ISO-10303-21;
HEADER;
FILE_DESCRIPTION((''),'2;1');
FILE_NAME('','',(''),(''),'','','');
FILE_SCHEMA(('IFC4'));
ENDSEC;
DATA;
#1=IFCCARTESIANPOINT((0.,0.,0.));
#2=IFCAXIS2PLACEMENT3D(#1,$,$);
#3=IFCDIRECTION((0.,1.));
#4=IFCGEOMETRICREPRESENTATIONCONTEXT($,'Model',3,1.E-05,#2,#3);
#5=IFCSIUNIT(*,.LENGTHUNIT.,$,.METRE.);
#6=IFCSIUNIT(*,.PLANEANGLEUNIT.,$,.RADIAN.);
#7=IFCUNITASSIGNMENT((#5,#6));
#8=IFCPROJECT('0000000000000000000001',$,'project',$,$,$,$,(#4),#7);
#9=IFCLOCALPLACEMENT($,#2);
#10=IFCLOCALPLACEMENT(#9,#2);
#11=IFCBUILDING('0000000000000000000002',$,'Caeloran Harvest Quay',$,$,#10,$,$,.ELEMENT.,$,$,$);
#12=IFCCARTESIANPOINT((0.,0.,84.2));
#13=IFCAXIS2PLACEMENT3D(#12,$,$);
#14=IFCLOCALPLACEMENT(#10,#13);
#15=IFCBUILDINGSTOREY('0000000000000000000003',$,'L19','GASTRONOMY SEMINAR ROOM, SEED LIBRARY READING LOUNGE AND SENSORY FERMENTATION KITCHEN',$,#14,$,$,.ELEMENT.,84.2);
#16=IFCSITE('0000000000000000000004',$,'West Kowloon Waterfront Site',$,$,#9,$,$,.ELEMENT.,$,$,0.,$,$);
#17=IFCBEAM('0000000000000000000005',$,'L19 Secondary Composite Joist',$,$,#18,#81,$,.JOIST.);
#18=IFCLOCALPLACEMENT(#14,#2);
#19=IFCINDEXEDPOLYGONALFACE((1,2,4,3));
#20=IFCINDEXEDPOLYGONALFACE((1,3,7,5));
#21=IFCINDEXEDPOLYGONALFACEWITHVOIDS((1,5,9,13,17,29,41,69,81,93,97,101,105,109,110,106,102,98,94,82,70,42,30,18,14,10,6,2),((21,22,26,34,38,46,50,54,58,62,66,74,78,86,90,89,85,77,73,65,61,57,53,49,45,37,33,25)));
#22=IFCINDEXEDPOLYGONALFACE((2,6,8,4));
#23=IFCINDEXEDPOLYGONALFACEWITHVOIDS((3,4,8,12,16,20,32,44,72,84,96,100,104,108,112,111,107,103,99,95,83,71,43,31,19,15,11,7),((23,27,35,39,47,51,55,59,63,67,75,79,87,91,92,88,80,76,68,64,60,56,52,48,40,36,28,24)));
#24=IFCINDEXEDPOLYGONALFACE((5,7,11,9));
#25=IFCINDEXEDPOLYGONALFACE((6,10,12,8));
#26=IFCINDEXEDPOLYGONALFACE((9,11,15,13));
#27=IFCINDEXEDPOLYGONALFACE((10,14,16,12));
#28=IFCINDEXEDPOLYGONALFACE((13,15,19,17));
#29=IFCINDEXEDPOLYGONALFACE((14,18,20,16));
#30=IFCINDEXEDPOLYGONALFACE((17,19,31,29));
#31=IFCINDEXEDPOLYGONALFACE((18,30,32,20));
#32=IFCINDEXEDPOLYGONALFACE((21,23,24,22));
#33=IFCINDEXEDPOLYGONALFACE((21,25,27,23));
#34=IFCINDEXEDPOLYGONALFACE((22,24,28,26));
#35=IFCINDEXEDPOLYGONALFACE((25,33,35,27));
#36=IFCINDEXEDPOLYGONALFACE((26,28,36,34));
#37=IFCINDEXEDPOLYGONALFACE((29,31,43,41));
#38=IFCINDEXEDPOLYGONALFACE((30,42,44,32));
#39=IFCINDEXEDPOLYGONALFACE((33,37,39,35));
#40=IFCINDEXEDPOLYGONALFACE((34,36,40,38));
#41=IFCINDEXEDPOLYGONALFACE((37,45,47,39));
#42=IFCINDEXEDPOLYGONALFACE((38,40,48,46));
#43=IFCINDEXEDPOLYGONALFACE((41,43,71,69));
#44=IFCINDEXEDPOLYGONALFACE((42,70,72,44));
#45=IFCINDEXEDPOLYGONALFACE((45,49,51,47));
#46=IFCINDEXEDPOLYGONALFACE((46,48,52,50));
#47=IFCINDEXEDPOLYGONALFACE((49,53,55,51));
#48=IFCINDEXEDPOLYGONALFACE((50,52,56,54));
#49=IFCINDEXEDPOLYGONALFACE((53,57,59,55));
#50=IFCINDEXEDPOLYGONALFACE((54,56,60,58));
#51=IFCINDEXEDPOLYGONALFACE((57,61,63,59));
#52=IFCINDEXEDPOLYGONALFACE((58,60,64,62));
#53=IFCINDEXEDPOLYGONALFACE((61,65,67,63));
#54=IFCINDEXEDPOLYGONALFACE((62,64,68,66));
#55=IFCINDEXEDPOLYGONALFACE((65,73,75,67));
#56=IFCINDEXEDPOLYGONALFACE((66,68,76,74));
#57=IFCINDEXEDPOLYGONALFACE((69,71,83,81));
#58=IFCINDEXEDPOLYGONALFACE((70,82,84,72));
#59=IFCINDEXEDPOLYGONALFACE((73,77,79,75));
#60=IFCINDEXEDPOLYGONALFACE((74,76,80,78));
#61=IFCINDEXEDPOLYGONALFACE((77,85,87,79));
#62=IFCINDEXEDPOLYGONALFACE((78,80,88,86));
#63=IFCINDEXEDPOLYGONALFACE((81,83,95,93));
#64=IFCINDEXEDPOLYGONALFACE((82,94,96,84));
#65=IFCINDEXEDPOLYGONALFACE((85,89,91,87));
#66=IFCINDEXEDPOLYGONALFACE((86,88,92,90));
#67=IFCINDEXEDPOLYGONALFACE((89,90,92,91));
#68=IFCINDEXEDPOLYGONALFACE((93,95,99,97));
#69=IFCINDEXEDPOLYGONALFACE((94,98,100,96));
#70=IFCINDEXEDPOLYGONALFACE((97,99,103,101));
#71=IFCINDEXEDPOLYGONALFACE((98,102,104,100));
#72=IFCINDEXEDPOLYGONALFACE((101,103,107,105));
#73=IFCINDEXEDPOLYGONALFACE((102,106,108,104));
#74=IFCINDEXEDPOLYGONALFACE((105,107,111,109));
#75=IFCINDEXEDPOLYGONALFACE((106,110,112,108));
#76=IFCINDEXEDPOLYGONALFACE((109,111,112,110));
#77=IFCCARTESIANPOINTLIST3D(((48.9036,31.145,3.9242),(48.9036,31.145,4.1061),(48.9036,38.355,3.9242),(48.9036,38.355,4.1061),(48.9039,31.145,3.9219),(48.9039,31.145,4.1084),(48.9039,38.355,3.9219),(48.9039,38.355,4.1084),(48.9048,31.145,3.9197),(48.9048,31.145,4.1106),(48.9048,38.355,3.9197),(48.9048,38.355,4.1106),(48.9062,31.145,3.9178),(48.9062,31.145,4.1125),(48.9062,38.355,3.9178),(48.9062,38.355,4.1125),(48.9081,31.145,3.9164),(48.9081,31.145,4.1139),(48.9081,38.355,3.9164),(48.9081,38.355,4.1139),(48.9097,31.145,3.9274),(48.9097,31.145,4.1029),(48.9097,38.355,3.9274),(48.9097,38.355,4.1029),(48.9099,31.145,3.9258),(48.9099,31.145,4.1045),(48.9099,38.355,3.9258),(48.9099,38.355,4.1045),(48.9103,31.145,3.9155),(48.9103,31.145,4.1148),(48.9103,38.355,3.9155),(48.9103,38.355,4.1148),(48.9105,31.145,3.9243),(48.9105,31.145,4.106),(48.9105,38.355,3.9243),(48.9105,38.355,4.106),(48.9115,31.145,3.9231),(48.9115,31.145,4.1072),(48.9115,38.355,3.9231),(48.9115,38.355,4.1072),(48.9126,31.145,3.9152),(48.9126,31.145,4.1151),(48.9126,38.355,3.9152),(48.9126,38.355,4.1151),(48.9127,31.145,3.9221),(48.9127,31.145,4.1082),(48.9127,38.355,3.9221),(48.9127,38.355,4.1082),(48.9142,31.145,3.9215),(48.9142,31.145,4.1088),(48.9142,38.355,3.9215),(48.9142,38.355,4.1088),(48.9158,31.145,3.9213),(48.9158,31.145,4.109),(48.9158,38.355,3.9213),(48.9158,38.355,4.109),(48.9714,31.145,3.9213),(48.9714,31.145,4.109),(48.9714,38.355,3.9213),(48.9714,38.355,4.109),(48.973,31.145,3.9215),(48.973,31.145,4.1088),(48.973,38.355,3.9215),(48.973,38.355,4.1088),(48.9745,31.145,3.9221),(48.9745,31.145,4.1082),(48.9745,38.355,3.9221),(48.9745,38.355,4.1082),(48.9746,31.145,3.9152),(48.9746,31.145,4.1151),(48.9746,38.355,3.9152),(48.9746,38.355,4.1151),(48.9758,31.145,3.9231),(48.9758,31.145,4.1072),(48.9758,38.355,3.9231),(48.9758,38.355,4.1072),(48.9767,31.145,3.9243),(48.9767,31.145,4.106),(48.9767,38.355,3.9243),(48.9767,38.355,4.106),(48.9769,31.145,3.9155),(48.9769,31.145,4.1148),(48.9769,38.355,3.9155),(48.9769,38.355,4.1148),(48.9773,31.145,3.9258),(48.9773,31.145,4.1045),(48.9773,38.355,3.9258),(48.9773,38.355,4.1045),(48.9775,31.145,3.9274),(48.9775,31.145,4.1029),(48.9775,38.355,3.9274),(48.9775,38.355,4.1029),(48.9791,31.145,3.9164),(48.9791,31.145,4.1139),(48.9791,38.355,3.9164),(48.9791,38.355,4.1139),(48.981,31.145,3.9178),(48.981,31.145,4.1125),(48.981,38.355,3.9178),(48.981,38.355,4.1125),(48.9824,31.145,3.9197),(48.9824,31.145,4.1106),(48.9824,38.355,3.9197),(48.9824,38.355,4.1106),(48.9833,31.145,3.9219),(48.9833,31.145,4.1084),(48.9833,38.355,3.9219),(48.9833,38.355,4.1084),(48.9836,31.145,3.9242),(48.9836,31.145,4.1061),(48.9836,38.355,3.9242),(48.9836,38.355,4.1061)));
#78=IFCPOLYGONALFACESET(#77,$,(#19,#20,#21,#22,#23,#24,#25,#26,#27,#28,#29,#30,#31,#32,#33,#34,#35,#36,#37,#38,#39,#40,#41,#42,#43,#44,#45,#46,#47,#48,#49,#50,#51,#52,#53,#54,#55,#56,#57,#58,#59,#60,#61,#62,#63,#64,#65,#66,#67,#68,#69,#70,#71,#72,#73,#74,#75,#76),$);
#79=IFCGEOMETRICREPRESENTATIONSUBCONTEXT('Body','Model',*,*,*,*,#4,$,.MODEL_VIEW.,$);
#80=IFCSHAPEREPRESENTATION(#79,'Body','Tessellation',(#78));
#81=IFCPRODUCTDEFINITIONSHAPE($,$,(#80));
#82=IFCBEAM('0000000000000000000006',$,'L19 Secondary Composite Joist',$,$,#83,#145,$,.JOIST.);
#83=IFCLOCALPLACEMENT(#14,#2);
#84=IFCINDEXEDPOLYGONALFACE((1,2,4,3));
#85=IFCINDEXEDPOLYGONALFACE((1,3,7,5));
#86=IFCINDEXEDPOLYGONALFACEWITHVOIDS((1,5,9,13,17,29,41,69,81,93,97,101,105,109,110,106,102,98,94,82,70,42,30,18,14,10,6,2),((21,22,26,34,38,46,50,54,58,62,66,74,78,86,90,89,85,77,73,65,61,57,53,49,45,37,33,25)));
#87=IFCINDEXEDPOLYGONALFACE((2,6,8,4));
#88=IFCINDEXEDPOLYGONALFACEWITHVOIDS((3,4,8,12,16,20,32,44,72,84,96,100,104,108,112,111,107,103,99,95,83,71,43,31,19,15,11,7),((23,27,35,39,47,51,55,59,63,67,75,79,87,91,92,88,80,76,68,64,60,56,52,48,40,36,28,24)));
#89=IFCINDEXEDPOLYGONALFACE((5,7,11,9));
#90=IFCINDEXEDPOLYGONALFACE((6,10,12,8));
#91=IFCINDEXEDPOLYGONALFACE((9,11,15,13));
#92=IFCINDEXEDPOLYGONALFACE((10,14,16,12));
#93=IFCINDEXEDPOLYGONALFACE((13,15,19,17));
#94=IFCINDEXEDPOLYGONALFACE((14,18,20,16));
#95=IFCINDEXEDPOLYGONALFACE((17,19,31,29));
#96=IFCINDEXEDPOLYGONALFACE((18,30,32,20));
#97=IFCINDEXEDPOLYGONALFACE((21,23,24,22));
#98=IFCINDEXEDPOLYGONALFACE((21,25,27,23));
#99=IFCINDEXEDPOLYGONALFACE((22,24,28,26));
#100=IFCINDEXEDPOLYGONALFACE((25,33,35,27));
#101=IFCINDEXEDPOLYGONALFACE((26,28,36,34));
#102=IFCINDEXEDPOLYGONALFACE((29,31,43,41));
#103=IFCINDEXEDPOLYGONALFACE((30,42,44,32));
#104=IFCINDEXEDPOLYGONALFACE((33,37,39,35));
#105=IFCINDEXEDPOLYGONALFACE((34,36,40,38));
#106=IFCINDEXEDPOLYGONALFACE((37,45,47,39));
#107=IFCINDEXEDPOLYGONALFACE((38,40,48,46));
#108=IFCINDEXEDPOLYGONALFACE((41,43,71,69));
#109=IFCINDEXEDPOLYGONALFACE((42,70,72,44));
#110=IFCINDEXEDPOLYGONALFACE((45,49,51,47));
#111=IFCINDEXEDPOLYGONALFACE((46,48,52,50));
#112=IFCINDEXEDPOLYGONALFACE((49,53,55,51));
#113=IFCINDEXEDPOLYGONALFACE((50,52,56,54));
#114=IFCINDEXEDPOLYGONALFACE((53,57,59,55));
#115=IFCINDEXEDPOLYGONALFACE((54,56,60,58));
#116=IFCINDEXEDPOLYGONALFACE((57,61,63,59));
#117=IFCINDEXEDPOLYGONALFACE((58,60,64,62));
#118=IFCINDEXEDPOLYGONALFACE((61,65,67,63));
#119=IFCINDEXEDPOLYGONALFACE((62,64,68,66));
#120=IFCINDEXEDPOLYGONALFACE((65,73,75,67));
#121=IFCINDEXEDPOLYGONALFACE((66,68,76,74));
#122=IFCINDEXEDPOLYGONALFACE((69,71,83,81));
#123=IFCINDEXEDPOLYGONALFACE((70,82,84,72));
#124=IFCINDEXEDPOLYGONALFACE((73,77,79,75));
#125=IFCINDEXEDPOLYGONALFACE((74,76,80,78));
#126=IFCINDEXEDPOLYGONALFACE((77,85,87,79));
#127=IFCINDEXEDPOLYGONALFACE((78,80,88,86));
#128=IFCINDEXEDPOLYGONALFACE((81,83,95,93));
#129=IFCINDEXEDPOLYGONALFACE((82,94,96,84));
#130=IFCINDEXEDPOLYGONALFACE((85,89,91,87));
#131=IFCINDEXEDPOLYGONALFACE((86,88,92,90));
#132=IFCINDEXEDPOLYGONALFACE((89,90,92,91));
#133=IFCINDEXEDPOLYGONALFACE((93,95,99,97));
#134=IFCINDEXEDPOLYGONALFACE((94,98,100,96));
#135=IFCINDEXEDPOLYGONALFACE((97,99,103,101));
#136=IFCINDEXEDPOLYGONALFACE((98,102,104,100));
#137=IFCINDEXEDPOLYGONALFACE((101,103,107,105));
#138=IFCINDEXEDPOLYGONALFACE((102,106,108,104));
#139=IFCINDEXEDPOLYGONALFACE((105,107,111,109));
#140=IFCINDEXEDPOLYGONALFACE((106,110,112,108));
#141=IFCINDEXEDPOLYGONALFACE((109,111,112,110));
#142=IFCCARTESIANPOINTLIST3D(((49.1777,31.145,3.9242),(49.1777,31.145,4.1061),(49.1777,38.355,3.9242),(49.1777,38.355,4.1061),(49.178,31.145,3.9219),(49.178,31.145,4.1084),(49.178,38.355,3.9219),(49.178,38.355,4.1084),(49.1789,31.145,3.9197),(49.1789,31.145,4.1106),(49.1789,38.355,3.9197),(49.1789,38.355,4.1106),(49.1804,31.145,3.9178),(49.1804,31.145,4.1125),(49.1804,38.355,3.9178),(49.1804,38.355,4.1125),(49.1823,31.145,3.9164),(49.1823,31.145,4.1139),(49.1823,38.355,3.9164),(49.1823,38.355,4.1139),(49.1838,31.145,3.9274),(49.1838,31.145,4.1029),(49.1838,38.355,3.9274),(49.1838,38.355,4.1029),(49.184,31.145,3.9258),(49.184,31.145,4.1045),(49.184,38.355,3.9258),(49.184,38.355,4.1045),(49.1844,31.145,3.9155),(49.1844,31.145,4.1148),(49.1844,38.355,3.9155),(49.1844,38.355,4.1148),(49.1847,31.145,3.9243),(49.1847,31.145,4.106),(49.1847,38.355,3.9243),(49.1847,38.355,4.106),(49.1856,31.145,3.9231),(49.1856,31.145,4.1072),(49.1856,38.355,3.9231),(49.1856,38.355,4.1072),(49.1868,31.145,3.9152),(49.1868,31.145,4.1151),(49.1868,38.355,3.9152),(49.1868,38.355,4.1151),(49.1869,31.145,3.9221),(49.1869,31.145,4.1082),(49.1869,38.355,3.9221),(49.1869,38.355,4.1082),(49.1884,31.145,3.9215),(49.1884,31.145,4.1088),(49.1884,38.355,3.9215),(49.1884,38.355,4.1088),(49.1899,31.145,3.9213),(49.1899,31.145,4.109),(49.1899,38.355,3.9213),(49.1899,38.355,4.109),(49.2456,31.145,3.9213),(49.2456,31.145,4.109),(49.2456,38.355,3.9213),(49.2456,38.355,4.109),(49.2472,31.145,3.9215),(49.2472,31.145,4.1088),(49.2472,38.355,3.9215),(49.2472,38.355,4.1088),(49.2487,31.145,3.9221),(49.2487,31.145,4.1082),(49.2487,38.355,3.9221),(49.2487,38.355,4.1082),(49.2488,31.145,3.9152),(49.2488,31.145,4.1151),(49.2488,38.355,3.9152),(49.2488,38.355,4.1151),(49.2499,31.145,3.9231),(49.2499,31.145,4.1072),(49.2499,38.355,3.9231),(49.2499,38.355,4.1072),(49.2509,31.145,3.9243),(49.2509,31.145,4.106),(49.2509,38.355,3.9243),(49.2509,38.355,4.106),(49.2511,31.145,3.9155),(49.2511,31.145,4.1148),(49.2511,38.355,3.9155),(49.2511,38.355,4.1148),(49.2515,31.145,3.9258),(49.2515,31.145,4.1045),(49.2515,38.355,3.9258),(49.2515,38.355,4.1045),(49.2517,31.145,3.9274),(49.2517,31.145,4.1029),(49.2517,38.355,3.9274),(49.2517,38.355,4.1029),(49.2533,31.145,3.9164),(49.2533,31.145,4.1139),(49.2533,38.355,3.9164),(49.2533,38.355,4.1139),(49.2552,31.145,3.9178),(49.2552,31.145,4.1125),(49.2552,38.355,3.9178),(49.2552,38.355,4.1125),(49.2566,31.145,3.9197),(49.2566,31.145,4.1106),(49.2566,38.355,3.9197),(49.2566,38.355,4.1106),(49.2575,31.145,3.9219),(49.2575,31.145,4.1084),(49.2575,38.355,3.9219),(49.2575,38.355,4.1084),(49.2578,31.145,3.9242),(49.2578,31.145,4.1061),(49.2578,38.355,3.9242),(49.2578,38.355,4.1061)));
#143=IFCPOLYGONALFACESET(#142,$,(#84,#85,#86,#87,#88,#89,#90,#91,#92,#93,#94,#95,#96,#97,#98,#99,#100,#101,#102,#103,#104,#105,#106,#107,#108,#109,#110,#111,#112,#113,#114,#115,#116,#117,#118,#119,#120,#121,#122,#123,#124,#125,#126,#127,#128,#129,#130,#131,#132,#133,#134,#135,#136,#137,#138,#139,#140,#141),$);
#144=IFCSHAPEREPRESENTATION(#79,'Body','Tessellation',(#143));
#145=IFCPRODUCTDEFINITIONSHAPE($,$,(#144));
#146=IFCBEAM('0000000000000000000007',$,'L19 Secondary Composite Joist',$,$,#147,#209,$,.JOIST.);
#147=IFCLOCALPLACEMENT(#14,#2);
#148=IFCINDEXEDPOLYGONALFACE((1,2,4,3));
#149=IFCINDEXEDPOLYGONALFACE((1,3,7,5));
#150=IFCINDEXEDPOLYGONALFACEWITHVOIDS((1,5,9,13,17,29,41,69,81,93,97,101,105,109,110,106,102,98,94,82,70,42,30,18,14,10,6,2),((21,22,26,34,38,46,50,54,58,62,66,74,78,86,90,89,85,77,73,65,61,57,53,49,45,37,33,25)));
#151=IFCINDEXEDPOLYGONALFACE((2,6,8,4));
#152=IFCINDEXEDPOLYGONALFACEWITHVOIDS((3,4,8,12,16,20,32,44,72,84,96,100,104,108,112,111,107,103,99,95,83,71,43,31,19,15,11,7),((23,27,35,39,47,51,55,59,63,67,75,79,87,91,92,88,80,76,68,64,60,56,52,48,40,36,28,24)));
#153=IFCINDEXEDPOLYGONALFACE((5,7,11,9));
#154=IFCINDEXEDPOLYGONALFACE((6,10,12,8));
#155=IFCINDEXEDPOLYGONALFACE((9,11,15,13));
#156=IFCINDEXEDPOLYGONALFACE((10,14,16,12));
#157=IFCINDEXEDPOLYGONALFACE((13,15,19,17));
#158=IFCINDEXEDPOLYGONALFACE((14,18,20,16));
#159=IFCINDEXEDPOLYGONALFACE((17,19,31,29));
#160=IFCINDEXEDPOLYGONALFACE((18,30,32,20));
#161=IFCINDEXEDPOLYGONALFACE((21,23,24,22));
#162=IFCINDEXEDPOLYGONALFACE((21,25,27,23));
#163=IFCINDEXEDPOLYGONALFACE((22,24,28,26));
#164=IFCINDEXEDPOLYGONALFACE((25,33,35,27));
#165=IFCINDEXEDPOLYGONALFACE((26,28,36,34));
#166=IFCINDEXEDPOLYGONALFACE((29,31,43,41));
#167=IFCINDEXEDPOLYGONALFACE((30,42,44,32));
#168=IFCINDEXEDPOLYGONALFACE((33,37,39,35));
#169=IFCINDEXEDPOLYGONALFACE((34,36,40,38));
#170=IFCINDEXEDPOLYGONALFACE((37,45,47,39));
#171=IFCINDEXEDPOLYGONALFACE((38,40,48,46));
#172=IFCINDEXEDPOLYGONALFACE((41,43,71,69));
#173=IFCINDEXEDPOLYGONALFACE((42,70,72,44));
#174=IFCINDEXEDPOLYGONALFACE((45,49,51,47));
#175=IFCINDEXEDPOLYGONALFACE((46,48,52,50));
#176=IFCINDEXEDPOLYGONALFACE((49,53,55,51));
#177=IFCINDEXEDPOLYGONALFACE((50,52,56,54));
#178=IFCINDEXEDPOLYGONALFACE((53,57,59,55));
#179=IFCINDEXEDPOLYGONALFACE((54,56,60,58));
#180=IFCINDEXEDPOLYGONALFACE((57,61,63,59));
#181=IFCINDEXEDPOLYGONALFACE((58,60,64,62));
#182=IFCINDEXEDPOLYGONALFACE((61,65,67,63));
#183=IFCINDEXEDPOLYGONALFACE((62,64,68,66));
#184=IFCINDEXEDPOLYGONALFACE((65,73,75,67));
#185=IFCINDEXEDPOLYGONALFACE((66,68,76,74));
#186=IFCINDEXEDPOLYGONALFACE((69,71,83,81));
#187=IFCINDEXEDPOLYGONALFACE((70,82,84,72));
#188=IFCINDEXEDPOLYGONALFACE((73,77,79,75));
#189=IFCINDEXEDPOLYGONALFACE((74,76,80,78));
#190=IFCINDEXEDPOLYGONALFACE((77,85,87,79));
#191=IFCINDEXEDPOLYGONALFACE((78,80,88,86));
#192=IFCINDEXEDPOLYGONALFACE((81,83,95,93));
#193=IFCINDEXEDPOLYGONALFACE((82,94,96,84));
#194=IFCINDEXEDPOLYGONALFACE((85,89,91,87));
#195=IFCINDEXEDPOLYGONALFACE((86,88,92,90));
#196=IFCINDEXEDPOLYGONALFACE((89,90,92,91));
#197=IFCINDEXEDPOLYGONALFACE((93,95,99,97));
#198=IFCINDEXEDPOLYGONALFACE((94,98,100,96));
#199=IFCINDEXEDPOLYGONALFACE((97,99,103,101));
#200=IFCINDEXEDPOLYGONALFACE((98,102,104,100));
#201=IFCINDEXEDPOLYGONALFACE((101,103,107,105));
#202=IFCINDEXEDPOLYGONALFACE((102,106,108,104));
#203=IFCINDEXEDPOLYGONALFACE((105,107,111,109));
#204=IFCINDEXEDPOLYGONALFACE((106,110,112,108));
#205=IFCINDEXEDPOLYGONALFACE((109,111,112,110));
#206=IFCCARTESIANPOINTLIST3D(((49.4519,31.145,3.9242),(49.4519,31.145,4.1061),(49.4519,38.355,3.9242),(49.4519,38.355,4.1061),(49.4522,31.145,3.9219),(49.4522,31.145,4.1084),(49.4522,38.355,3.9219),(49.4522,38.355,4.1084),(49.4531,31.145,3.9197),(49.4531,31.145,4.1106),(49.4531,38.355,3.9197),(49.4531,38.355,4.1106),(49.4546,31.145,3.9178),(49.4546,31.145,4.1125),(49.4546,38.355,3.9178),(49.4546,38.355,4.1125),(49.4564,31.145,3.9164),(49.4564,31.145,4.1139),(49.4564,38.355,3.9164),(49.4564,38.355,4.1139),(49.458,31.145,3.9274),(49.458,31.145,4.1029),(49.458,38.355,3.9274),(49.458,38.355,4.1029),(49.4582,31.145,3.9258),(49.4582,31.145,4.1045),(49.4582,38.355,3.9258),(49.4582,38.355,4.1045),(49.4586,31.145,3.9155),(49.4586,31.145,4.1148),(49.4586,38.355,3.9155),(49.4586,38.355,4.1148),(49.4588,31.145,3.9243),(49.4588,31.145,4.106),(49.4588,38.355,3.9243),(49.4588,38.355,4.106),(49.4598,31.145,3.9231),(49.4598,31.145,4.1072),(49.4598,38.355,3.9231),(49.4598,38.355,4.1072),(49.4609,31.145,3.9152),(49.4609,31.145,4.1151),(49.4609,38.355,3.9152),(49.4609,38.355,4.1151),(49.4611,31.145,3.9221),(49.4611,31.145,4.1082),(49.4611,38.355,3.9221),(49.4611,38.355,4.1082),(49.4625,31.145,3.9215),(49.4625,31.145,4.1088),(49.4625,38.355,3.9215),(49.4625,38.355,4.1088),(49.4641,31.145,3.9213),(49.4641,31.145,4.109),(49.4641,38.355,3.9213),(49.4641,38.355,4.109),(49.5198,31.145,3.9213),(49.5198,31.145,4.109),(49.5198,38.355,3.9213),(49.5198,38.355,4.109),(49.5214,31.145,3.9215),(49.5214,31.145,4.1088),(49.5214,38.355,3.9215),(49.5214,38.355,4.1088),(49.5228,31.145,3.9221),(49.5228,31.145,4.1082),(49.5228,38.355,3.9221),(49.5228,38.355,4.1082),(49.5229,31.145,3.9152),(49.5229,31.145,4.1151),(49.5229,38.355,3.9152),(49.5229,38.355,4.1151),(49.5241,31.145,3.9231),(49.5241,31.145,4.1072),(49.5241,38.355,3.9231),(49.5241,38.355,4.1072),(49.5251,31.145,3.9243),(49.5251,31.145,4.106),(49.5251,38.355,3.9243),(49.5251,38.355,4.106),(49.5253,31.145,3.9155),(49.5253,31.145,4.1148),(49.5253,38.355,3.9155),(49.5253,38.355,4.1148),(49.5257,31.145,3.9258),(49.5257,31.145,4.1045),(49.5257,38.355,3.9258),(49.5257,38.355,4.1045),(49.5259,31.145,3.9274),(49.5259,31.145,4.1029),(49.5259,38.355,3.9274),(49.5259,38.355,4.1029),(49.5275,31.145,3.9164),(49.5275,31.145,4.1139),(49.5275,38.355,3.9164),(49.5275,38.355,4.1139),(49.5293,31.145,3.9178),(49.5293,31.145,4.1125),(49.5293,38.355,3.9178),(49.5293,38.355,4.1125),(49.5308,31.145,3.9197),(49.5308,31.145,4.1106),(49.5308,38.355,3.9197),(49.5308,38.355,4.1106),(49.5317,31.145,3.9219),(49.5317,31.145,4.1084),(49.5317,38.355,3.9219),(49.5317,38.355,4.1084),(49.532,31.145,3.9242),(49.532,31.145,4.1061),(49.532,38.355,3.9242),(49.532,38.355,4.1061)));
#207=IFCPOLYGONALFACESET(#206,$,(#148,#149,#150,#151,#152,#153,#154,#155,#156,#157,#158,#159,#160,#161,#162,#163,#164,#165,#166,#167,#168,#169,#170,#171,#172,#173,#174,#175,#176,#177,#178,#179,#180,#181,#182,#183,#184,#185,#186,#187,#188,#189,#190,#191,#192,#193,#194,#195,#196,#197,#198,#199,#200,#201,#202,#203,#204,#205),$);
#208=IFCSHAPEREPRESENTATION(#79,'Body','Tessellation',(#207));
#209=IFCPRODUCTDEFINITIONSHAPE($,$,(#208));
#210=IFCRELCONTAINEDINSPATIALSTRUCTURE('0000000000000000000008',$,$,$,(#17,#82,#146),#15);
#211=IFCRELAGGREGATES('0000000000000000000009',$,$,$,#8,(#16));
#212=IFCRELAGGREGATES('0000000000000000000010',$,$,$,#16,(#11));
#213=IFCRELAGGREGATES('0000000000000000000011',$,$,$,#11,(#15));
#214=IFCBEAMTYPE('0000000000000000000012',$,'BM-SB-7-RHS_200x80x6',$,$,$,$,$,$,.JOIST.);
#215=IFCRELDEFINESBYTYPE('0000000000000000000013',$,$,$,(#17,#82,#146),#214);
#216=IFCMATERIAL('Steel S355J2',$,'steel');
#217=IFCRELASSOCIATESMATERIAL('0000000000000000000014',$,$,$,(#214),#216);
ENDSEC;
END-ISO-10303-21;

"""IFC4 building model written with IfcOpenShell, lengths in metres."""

from ifc_helpers import new_model, si_unit, direction, frame, origin, origin_2d, place, context, subcontext, project, spatial, hollow_rectangle, extrude, material, material_profile, profile_set, type_object, element, save


model = new_model("IFC4")

# Units and contexts
model_context = context("Model", 3, precision=1e-05, world=origin(), true_north=direction((0.0, 1.0)))
body_context = subcontext(model_context, "Body", "Model", "MODEL_VIEW")
ifc_project = project(units=[si_unit("LENGTHUNIT", "METRE"), si_unit("PLANEANGLEUNIT", "RADIAN")], contexts=[model_context])

# Site, building, storey
site_placement = place(None, origin())
site = spatial("IfcSite", under=ifc_project, at=site_placement, Name="West Kowloon Waterfront Site", CompositionType="ELEMENT", RefElevation=0.0)
building_placement = place(site_placement, origin())
building = spatial("IfcBuilding", under=site, at=building_placement, Name="Caeloran Harvest Quay", CompositionType="ELEMENT")
storey_placement = place(building_placement, frame((0.0, 0.0, 84.2)))
storey = spatial("IfcBuildingStorey", under=building, at=storey_placement, Name="L19", Description="GASTRONOMY SEMINAR ROOM, SEED LIBRARY READING LOUNGE AND SENSORY FERMENTATION KITCHEN", CompositionType="ELEMENT", Elevation=84.2)

# Beams
ifc_material_1 = material(Name="Steel S355J2", Category="steel")
ifc_material_profile_1 = material_profile(ifc_material_1, hollow_rectangle(XDim=0.0801, YDim=0.2, WallThickness=0.0061, InnerFilletRadius=0.0061, OuterFilletRadius=0.009, at=origin_2d()), Name="RHS 200x80x6")
ifc_profile_set_1 = profile_set([ifc_material_profile_1], Name="Steel S355J2")
beam_type_1 = type_object("IfcBeamType", Name="BM-SB-7-RHS_200x80x6", PredefinedType="JOIST", material=ifc_profile_set_1)
for number, where, z_axis, x_axis, name in (
    (1, (48.9436, 31.145, 4.0151), (0.0, 1.0, 0.0), (-1.0, 0.0, 0.0), "L19 Secondary Composite Joist"),
    (2, (49.2178, 31.145, 4.0151), (0.0, 1.0, 0.0), (-1.0, 0.0, 0.0), "L19 Secondary Composite Joist"),
    (3, (49.4919, 31.145, 4.0151), (0.0, 1.0, 0.0), (-1.0, 0.0, 0.0), "L19 Secondary Composite Joist"),
):
    element("IfcBeam", number, at=place(storey_placement, frame(where, z_axis=z_axis, x_axis=x_axis)), inside=storey, type_object=beam_type_1, Name=name, PredefinedType="JOIST", context=body_context, shape_type="SweptSolid", body=[
        extrude(hollow_rectangle(XDim=0.0801, YDim=0.2, WallThickness=0.0061, InnerFilletRadius=0.0061, OuterFilletRadius=0.009, at=origin_2d()), origin(), (0.0, 0.0, 1.0), 7.21),
    ])

save(model, "model.ifc")
